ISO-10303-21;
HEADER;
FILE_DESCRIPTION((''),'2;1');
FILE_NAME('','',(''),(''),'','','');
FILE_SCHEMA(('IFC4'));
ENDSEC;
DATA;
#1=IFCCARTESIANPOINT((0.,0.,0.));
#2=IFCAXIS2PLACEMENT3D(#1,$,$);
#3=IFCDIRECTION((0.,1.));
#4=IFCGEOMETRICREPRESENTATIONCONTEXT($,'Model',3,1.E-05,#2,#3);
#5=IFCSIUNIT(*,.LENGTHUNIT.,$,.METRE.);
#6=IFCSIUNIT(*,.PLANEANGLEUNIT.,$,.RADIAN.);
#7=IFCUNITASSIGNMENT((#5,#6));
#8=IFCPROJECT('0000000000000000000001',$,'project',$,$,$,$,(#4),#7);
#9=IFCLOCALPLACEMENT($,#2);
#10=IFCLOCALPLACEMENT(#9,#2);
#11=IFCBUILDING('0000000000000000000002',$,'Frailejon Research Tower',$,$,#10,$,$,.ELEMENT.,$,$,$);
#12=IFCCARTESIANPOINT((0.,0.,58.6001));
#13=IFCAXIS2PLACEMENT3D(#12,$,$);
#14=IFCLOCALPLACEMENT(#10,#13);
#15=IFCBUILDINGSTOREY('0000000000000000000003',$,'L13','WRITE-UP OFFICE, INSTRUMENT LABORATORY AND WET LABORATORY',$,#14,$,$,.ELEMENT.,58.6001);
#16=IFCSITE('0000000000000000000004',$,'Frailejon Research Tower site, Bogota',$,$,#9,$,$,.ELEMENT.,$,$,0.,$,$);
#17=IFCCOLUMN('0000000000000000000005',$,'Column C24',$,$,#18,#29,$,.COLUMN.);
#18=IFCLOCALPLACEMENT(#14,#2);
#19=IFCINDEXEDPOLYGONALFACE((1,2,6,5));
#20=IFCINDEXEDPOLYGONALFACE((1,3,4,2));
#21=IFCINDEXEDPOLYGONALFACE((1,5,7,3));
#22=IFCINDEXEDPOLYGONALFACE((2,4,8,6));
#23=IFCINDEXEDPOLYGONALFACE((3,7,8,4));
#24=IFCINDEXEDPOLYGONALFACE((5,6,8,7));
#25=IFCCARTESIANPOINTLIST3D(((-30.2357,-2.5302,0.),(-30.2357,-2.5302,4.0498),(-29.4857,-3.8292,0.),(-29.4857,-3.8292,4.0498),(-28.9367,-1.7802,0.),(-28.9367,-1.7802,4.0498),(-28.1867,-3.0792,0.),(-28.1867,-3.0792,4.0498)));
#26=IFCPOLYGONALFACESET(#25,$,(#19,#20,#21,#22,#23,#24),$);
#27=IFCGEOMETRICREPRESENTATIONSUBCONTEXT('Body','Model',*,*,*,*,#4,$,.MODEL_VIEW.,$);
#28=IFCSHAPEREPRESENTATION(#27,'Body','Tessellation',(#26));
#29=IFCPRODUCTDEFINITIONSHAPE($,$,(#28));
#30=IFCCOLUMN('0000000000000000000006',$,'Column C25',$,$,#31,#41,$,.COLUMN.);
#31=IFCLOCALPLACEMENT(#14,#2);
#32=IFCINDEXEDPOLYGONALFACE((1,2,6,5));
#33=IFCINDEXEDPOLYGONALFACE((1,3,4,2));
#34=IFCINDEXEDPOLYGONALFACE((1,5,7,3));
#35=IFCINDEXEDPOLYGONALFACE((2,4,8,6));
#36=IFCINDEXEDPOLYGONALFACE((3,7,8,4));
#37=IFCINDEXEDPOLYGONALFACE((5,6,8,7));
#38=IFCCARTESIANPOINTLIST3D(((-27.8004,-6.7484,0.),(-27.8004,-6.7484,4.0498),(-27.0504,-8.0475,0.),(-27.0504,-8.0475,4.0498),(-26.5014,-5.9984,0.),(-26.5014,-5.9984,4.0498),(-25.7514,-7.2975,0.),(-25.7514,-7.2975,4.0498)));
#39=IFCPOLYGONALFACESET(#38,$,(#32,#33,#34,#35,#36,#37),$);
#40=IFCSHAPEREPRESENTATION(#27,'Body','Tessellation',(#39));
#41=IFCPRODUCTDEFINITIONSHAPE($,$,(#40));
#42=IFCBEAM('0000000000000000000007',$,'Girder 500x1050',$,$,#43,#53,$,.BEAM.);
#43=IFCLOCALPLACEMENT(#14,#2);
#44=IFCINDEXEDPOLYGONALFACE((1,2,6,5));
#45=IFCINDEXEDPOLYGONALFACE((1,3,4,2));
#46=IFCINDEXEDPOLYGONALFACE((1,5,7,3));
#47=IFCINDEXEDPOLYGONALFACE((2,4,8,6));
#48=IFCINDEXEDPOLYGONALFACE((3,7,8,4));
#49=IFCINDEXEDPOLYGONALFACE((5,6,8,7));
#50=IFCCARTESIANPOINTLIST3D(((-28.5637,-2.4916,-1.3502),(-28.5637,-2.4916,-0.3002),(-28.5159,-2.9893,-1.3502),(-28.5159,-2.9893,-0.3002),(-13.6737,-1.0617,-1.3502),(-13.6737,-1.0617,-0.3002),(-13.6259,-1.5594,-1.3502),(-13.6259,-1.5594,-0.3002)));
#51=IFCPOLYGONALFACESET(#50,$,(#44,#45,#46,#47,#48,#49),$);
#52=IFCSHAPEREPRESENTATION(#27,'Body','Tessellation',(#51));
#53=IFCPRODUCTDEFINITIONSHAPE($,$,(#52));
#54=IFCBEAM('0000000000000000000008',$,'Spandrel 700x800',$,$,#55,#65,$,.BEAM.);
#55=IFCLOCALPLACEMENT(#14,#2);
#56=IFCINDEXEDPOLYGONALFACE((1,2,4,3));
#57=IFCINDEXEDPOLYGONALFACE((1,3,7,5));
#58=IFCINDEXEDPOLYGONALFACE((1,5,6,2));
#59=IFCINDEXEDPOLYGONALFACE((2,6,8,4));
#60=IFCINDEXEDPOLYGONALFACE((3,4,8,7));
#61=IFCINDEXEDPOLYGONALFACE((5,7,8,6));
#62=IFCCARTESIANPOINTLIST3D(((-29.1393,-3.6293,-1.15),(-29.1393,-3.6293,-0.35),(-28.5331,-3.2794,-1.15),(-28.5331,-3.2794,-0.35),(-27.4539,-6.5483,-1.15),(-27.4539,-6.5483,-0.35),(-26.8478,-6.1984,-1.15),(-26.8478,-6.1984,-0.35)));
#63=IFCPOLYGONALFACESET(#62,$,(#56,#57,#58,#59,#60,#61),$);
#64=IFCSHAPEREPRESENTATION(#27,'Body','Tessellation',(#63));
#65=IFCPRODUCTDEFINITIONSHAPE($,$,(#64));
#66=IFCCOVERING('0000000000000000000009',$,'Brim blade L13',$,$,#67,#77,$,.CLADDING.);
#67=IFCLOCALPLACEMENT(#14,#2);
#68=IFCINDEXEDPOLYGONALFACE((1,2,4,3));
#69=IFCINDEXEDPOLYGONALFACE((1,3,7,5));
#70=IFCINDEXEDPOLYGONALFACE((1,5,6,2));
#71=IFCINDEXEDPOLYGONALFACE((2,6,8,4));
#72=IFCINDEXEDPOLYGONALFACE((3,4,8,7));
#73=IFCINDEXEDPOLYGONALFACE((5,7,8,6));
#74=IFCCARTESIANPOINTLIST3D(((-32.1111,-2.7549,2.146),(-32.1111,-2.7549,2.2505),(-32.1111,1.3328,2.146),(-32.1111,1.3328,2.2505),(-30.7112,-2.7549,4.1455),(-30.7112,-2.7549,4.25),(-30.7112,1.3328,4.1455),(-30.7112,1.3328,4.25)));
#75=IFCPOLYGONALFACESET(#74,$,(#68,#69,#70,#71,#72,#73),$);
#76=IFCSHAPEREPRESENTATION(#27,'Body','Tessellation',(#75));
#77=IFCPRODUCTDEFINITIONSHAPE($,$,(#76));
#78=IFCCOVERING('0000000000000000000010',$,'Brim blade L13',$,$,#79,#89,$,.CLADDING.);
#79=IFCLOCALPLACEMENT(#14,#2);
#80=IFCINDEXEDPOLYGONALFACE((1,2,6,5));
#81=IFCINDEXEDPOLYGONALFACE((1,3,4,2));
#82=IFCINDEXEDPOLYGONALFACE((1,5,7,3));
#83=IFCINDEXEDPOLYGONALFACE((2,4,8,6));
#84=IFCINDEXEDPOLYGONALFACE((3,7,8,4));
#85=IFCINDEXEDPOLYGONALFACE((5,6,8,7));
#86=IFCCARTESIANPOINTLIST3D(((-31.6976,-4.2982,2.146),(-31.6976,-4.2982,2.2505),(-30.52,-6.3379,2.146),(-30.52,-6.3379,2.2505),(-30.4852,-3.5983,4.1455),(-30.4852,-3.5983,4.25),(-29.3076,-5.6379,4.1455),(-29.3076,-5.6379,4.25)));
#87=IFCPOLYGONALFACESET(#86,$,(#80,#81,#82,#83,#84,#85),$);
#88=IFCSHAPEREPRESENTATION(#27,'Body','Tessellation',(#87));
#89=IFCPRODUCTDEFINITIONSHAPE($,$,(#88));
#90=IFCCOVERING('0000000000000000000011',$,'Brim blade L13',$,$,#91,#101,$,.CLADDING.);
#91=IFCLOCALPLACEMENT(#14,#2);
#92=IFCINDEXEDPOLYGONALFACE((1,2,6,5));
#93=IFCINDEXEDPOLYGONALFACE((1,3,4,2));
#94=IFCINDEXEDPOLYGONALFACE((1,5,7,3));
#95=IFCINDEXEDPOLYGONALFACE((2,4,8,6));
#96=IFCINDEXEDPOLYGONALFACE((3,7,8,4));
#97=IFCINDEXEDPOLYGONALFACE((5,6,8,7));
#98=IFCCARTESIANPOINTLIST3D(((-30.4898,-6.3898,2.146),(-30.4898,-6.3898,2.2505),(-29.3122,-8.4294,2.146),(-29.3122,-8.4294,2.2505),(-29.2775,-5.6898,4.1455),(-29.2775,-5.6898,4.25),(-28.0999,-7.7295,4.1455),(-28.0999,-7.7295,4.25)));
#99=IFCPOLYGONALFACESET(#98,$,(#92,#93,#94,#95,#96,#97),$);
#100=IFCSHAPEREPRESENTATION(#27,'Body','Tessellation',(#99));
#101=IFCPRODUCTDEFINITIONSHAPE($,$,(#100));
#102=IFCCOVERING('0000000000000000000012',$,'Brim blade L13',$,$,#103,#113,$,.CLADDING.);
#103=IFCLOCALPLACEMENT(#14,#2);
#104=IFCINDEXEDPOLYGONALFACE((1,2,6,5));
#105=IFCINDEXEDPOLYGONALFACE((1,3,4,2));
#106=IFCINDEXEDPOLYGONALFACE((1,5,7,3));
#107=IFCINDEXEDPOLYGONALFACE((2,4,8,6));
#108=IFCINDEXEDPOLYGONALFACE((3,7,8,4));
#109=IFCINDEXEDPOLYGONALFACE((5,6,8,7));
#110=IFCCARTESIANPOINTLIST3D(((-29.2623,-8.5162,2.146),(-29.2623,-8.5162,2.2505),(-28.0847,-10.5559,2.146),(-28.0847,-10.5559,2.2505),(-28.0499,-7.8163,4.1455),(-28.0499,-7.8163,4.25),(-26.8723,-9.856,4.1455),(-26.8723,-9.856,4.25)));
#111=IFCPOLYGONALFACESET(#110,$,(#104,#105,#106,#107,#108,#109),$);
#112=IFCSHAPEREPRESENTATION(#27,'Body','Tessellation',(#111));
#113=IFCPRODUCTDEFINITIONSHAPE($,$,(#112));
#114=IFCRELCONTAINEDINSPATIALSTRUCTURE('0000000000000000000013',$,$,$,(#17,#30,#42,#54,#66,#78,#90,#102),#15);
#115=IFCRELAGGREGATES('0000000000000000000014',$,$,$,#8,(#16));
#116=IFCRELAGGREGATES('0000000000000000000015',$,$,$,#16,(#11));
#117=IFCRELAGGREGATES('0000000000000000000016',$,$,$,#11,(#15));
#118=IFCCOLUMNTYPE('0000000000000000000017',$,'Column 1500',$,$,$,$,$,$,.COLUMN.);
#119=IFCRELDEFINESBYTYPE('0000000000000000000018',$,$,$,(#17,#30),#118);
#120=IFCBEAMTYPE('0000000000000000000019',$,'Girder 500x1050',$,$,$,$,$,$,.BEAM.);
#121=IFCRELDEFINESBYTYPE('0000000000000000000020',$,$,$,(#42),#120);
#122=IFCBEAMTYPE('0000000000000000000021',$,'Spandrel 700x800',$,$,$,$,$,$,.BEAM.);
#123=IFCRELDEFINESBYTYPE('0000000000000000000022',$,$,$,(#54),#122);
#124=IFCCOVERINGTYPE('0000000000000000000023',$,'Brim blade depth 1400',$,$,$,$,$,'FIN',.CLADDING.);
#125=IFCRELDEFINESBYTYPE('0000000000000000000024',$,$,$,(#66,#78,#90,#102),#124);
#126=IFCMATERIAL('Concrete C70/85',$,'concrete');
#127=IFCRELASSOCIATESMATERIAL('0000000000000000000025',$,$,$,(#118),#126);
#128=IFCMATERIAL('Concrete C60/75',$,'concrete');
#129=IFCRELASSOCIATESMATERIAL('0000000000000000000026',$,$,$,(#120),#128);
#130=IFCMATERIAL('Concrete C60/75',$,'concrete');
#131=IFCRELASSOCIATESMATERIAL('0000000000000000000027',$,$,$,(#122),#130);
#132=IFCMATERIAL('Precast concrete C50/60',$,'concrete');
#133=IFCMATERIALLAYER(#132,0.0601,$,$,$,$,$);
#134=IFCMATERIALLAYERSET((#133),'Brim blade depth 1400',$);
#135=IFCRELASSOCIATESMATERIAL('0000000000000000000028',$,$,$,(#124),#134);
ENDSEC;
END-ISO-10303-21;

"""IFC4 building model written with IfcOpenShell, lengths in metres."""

from ifc_helpers import new_model, si_unit, direction, frame, origin, origin_2d, place, context, subcontext, project, spatial, polyline, rectangle, outline, extrude, material, layer, layer_set, material_profile, profile_set, type_object, element, save


model = new_model("IFC4")

# Units and contexts
model_context = context("Model", 3, precision=1e-05, world=origin(), true_north=direction((0.0, 1.0)))
body_context = subcontext(model_context, "Body", "Model", "MODEL_VIEW")
ifc_project = project(units=[si_unit("LENGTHUNIT", "METRE"), si_unit("PLANEANGLEUNIT", "RADIAN")], contexts=[model_context])

# Site, building, storey
site_placement = place(None, origin())
site = spatial("IfcSite", under=ifc_project, at=site_placement, Name="Frailejon Research Tower site, Bogota", CompositionType="ELEMENT", RefElevation=0.0)
building_placement = place(site_placement, origin())
building = spatial("IfcBuilding", under=site, at=building_placement, Name="Frailejon Research Tower", CompositionType="ELEMENT")
storey_placement = place(building_placement, frame((0.0, 0.0, 58.6001)))
storey = spatial("IfcBuildingStorey", under=building, at=storey_placement, Name="L13", Description="WRITE-UP OFFICE, INSTRUMENT LABORATORY AND WET LABORATORY", CompositionType="ELEMENT", Elevation=58.6001)

# Columns
ifc_material_1 = material(Name="Concrete C70/85", Category="concrete")
ifc_material_profile_1 = material_profile(ifc_material_1, rectangle(XDim=1.5, YDim=1.5, at=origin_2d()), Name="Column 1500")
ifc_profile_set_1 = profile_set([ifc_material_profile_1], Name="Concrete C70/85")
column_type = type_object("IfcColumnType", Name="Column 1500", PredefinedType="COLUMN", material=ifc_profile_set_1)
for number, where, z_axis, x_axis, name in (
    (1, (-29.2112, -2.8047, 0.0), (0.0, 0.0, 1.0), (0.5, -0.866025, 0.0), "Column C24"),
    (2, (-26.7759, -7.0229, 0.0), (0.0, 0.0, 1.0), (0.5, -0.866025, 0.0), "Column C25"),
):
    element("IfcColumn", number, at=place(storey_placement, frame(where, z_axis=z_axis, x_axis=x_axis)), inside=storey, type_object=column_type, Name=name, PredefinedType="COLUMN", context=body_context, shape_type="SweptSolid", body=[
        extrude(rectangle(XDim=1.5, YDim=1.5, at=origin_2d()), origin(), (0.0, 0.0, 1.0), 4.0498),
    ])

# Beams
ifc_material_2 = material(Name="Concrete C60/75", Category="concrete")
ifc_material_profile_2 = material_profile(ifc_material_2, rectangle(XDim=0.5, YDim=1.05, at=origin_2d()), Name="Girder 500x1050")
ifc_profile_set_2 = profile_set([ifc_material_profile_2], Name="Concrete C60/75")
beam_type_1 = type_object("IfcBeamType", Name="Girder 500x1050", PredefinedType="BEAM", material=ifc_profile_set_2)
beam_1_placement = place(storey_placement, frame((-28.5398, -2.7405, -0.8252), z_axis=(0.99542, 0.095594, 0.0), x_axis=(-0.095594, 0.99542, 0.0)))
element("IfcBeam", 3, at=beam_1_placement, inside=storey, type_object=beam_type_1, Name="Girder 500x1050", PredefinedType="BEAM", context=body_context, shape_type="SweptSolid", body=[
    extrude(rectangle(XDim=0.5, YDim=1.05, at=origin_2d()), origin(), (0.0, 0.0, 1.0), 14.9585),
])
ifc_material_3 = material(Name="Concrete C60/75", Category="concrete")
ifc_material_profile_3 = material_profile(ifc_material_3, rectangle(XDim=0.7, YDim=0.8, at=origin_2d()), Name="Spandrel 700x800")
ifc_profile_set_3 = profile_set([ifc_material_profile_3], Name="Concrete C60/75")
beam_type_2 = type_object("IfcBeamType", Name="Spandrel 700x800", PredefinedType="BEAM", material=ifc_profile_set_3)
beam_2_placement = place(storey_placement, frame((-28.8362, -3.4543, -0.75), z_axis=(0.500011, -0.866019, 0.0), x_axis=(0.866019, 0.500011, 0.0)))
element("IfcBeam", 4, at=beam_2_placement, inside=storey, type_object=beam_type_2, Name="Spandrel 700x800", PredefinedType="BEAM", context=body_context, shape_type="SweptSolid", body=[
    extrude(rectangle(XDim=0.7, YDim=0.8, at=origin_2d()), origin(), (0.0, 0.0, 1.0), 3.3706),
])

# Coverings
ifc_material_4 = material(Name="Precast concrete C50/60", Category="concrete")
ifc_layer_1 = layer(ifc_material_4, 0.0601)
ifc_layer_set_1 = layer_set([ifc_layer_1], Name="Brim blade depth 1400")
covering_type = type_object("IfcCoveringType", Name="Brim blade depth 1400", ElementType="FIN", PredefinedType="CLADDING", material=ifc_layer_set_1)
covering_placement = place(storey_placement, frame((-30.7112, -2.7549, 4.25), z_axis=(0.0, 1.0, 0.0), x_axis=(-1.0, 0.0, 0.0)))
element("IfcCovering", 5, at=covering_placement, inside=storey, type_object=covering_type, Name="Brim blade L13", PredefinedType="CLADDING", context=body_context, shape_type="SweptSolid", body=[
    extrude(outline(polyline([(0.0, -0.1045), (1.3999, -2.104), (1.3999, -1.9995), (0.0, 0.0), (0.0, -0.1045)])), origin(), (0.0, 0.0, 1.0), 4.0876),
])
for number, where, z_axis, x_axis, name in (
    (6, (-29.3076, -5.6379, 4.25), (-0.499997, 0.866027, 0.0), (-0.866027, -0.499997, 0.0), "Brim blade L13"),
    (7, (-28.0999, -7.7295, 4.25), (-0.499997, 0.866027, 0.0), (-0.866027, -0.499997, 0.0), "Brim blade L13"),
    (8, (-26.8723, -9.856, 4.25), (-0.499997, 0.866027, 0.0), (-0.866027, -0.499997, 0.0), "Brim blade L13"),
):
    element("IfcCovering", number, at=place(storey_placement, frame(where, z_axis=z_axis, x_axis=x_axis)), inside=storey, type_object=covering_type, Name=name, PredefinedType="CLADDING", context=body_context, shape_type="SweptSolid", body=[
        extrude(outline(polyline([(0.0, -0.1045), (1.3999, -2.104), (1.3999, -1.9995), (0.0, 0.0), (0.0, -0.1045)])), origin(), (0.0, 0.0, 1.0), 2.3552),
    ])

save(model, "model.ifc")
